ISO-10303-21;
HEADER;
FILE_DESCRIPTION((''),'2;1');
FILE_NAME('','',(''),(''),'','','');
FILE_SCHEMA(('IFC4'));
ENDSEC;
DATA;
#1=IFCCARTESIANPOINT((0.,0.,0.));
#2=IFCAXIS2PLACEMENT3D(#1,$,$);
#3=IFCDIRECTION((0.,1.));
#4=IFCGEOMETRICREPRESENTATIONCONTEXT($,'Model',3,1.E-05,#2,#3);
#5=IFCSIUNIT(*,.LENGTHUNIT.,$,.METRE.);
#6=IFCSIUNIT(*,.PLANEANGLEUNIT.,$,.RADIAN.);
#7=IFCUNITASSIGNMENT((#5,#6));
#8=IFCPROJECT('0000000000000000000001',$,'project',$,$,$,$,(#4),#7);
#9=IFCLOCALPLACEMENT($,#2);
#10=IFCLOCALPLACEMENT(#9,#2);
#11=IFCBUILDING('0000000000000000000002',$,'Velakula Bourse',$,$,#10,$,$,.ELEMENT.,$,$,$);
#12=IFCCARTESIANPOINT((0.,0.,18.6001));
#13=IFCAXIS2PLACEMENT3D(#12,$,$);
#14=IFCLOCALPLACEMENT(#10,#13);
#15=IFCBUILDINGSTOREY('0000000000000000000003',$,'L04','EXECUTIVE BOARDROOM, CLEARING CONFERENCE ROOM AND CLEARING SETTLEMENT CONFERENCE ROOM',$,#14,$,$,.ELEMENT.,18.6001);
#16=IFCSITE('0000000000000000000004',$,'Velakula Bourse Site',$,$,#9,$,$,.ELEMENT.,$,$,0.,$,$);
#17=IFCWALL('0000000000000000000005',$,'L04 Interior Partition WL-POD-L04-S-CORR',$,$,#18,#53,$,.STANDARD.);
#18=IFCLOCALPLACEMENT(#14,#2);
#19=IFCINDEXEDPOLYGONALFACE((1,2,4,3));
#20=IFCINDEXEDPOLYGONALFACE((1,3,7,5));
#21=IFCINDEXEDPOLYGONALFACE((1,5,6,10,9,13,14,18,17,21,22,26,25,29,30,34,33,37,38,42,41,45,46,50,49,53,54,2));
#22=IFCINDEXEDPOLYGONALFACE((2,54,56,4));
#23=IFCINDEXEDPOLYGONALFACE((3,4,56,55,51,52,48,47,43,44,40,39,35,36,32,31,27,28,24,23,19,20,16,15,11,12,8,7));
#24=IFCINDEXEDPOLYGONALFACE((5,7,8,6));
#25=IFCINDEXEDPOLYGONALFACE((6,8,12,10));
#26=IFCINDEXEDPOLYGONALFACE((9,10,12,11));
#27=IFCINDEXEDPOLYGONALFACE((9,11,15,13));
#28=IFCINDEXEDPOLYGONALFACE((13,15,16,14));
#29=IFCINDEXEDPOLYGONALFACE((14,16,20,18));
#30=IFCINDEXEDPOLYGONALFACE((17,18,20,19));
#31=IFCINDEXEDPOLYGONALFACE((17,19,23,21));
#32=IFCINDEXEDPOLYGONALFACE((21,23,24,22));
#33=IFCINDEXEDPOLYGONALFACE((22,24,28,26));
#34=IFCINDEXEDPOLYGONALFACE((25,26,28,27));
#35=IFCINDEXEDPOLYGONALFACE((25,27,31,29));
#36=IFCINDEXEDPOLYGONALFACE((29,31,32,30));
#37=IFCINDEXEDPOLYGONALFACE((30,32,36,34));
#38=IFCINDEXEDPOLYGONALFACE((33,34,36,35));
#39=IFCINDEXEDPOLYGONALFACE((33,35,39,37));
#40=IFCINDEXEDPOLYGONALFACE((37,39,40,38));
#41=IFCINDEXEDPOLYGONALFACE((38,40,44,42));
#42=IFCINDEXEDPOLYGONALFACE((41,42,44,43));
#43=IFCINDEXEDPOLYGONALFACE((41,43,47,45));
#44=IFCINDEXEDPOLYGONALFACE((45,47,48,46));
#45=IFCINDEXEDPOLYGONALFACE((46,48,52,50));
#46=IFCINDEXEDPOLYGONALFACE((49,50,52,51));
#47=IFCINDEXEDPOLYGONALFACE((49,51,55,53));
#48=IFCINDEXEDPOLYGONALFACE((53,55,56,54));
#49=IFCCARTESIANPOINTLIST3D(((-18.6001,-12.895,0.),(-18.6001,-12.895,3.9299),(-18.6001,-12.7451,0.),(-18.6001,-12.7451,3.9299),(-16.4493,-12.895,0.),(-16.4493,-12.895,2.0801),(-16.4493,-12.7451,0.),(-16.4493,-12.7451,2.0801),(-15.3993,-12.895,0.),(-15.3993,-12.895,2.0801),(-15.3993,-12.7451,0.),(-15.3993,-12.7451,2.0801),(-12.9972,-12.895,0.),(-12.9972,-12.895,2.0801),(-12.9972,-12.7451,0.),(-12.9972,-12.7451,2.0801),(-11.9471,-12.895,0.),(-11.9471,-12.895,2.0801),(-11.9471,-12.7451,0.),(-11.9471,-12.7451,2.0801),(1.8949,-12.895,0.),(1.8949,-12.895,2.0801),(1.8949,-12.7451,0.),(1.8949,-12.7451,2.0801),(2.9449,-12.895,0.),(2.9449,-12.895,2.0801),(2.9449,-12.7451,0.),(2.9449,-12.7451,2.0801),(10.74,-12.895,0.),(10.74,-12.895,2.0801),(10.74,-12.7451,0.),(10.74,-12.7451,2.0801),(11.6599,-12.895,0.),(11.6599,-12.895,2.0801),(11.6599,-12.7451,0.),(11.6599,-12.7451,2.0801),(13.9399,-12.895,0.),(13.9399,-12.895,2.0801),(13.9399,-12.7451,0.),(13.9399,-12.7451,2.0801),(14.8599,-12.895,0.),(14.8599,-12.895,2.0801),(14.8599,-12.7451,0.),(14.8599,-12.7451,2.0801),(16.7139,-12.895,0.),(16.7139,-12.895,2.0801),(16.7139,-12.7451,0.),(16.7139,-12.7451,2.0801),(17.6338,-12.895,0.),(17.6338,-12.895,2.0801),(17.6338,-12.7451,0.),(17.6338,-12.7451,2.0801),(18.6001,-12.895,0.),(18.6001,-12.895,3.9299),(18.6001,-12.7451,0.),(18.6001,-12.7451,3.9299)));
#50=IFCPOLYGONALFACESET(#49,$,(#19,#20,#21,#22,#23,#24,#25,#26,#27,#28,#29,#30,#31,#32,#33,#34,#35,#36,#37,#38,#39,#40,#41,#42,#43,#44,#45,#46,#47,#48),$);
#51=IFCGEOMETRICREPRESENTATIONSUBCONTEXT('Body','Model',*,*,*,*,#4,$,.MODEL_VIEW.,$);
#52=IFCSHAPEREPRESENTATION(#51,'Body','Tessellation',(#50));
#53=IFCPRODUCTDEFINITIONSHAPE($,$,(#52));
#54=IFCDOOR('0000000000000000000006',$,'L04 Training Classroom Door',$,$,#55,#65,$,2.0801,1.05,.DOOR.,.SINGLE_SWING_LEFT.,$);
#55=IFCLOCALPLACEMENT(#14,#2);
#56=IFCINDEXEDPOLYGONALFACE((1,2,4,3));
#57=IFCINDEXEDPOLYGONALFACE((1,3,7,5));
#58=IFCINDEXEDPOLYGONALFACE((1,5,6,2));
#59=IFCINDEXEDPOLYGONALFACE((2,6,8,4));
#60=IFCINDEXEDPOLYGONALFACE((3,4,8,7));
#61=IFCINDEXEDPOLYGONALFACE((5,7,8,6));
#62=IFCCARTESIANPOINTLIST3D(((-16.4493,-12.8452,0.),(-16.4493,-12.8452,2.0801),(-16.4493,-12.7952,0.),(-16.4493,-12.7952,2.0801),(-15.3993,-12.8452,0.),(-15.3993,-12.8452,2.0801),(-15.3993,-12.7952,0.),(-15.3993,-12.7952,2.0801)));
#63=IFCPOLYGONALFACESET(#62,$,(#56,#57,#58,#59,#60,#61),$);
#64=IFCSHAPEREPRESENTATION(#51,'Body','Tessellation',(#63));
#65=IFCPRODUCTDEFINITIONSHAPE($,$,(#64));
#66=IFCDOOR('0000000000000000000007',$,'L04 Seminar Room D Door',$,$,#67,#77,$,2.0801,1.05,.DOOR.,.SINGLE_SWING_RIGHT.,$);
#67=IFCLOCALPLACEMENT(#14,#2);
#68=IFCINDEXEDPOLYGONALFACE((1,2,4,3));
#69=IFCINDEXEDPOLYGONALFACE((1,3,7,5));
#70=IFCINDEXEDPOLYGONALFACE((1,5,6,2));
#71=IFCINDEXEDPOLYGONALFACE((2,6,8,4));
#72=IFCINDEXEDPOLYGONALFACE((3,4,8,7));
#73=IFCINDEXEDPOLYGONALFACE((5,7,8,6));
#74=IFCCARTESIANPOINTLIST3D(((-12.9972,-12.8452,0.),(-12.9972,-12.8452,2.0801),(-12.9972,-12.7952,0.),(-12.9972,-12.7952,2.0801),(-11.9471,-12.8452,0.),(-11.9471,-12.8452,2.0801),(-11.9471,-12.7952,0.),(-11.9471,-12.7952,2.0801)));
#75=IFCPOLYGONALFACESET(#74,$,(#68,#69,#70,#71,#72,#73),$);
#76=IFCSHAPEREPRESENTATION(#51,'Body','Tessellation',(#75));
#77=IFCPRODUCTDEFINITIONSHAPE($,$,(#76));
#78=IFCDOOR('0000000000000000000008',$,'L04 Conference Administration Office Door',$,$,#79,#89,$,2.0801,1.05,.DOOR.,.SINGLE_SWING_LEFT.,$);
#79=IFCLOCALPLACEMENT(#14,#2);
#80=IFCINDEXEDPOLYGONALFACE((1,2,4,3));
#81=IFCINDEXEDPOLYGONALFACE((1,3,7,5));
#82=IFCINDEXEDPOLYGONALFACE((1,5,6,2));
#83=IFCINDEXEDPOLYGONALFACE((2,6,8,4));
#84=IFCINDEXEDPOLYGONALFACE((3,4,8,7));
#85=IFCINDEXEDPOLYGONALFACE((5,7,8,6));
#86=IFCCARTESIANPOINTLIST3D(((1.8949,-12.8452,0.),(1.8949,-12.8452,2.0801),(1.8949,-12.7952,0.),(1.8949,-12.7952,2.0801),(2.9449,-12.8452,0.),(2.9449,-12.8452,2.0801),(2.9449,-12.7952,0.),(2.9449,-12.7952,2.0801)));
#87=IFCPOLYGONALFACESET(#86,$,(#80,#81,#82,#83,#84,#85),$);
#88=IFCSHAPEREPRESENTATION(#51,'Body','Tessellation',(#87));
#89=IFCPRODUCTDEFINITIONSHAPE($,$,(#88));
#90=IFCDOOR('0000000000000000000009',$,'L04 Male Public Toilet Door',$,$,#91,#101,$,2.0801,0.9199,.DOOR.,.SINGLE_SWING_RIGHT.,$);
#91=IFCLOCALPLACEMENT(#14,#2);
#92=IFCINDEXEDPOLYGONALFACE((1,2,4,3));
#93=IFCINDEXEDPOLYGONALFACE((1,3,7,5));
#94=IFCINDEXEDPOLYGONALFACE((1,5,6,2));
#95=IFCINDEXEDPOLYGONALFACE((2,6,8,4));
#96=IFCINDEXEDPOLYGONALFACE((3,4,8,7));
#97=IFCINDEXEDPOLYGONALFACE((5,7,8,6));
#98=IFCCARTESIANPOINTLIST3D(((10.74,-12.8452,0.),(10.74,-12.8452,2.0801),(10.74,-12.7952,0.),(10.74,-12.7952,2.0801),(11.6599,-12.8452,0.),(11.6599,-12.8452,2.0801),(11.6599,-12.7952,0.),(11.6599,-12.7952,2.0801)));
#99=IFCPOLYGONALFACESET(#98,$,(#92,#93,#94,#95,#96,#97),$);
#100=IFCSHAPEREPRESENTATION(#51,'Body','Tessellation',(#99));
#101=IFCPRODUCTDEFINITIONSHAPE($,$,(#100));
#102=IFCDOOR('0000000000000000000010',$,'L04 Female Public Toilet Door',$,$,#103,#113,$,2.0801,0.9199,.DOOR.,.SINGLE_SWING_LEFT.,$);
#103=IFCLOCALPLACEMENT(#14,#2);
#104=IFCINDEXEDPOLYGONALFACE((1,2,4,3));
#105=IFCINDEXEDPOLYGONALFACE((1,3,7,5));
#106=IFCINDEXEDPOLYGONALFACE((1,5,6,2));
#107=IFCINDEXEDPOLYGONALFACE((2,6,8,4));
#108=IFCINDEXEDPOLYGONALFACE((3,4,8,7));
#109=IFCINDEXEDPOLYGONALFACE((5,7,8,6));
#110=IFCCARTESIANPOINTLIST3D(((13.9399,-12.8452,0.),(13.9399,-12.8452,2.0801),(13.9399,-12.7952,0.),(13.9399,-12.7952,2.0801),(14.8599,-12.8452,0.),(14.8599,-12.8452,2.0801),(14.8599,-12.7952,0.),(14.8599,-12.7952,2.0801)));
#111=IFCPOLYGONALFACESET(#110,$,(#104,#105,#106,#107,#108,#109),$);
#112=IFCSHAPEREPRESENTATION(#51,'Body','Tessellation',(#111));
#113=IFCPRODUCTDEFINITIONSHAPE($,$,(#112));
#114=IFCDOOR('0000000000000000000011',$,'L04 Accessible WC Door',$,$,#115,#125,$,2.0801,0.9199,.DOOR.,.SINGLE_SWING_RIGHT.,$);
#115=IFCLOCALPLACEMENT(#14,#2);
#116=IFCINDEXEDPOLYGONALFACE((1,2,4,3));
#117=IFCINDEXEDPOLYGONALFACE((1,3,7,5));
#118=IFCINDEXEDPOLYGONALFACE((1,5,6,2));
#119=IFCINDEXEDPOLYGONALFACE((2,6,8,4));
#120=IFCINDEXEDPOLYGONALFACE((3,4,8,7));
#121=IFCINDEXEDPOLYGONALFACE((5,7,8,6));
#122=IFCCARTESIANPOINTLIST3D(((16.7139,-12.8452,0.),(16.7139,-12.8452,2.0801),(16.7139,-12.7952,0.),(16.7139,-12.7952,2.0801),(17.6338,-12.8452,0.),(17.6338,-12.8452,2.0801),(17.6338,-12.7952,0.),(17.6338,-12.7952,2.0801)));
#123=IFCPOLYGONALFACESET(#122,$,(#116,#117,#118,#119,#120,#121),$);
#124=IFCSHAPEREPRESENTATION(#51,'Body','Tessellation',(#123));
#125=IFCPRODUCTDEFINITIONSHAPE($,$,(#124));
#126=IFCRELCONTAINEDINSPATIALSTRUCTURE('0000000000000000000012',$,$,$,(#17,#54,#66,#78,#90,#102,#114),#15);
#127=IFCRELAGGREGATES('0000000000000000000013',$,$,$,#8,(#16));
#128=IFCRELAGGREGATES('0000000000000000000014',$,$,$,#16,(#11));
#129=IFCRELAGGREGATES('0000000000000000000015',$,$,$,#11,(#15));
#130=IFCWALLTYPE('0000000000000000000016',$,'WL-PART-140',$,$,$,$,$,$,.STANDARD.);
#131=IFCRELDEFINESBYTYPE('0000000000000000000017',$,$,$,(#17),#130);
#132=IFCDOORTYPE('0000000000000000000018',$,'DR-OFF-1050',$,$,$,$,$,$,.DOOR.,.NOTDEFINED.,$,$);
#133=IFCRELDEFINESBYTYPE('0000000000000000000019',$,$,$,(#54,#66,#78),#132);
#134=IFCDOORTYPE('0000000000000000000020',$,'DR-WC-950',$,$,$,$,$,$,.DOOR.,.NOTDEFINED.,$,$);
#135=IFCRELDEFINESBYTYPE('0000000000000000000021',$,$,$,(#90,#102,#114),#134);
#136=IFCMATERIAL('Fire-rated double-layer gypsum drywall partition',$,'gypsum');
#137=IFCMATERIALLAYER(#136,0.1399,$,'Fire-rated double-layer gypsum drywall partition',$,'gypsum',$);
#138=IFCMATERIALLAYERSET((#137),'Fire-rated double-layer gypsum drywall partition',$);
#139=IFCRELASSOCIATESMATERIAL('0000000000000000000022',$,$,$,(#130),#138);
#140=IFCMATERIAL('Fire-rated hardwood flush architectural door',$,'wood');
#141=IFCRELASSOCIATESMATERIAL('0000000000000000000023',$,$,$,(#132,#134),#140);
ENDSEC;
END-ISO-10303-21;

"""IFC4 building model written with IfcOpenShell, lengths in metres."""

from ifc_helpers import new_model, si_unit, direction, frame, frame_2d, origin, place, context, subcontext, project, spatial, rectangle, extrude, material, layer, layer_set, type_object, element, fill, save


model = new_model("IFC4")

# Units and contexts
model_context = context("Model", 3, precision=1e-05, world=origin(), true_north=direction((0.0, 1.0)))
body_context = subcontext(model_context, "Body", "Model", "MODEL_VIEW")
ifc_project = project(units=[si_unit("LENGTHUNIT", "METRE"), si_unit("PLANEANGLEUNIT", "RADIAN")], contexts=[model_context])

# Site, building, storey
site_placement = place(None, origin())
site = spatial("IfcSite", under=ifc_project, at=site_placement, Name="Velakula Bourse Site", CompositionType="ELEMENT", RefElevation=0.0)
building_placement = place(site_placement, origin())
building = spatial("IfcBuilding", under=site, at=building_placement, Name="Velakula Bourse", CompositionType="ELEMENT")
storey_placement = place(building_placement, frame((0.0, 0.0, 18.6001)))
storey = spatial("IfcBuildingStorey", under=building, at=storey_placement, Name="L04", Description="EXECUTIVE BOARDROOM, CLEARING CONFERENCE ROOM AND CLEARING SETTLEMENT CONFERENCE ROOM", CompositionType="ELEMENT", Elevation=18.6001)

# Wall, openings, doors
ifc_material_1 = material(Name="Fire-rated double-layer gypsum drywall partition", Category="gypsum")
ifc_layer_1 = layer(ifc_material_1, 0.1399, Name="Fire-rated double-layer gypsum drywall partition", Category="gypsum")
ifc_layer_set_1 = layer_set([ifc_layer_1], Name="Fire-rated double-layer gypsum drywall partition")
wall_type_1 = type_object("IfcWallType", Name="WL-PART-140", PredefinedType="STANDARD", material=ifc_layer_set_1)
wall_1_placement = place(storey_placement, frame((-18.6001, -12.8201, 0.0), z_axis=(0.0, 0.0, 1.0), x_axis=(1.0, 0.0, 0.0)))
wall_1 = element("IfcWall", 1, at=wall_1_placement, inside=storey, type_object=wall_type_1, Name="L04 Interior Partition WL-POD-L04-S-CORR", PredefinedType="STANDARD", context=body_context, shape_type="SweptSolid", body=[
    extrude(rectangle(XDim=37.2002, YDim=0.1499, at=frame_2d((18.6001, 0.0))), origin(), (0.0, 0.0, 1.0), 3.9299),
])
opening_1_placement = place(wall_1_placement, frame((29.3401, 0.0, 0.0)))
opening_1 = element("IfcOpeningElement", 2, at=opening_1_placement, cuts=wall_1, PredefinedType="OPENING", context=body_context, shape_type="SweptSolid", body=[
    extrude(rectangle(XDim=0.9199, YDim=2.0801, at=frame_2d((0.46, 1.04))), frame((0.0, 0.085, 0.0), z_axis=(0.0, -1.0, 0.0), x_axis=(1.0, 0.0, 0.0)), (0.0, 0.0, 1.0), 0.1699),
])
opening_2_placement = place(wall_1_placement, frame((32.54, 0.0, 0.0)))
opening_2 = element("IfcOpeningElement", 3, at=opening_2_placement, cuts=wall_1, PredefinedType="OPENING", context=body_context, shape_type="SweptSolid", body=[
    extrude(rectangle(XDim=0.9199, YDim=2.0801, at=frame_2d((0.46, 1.04))), frame((0.0, 0.085, 0.0), z_axis=(0.0, -1.0, 0.0), x_axis=(1.0, 0.0, 0.0)), (0.0, 0.0, 1.0), 0.1699),
])
opening_3_placement = place(wall_1_placement, frame((35.314, 0.0, 0.0)))
opening_3 = element("IfcOpeningElement", 4, at=opening_3_placement, cuts=wall_1, PredefinedType="OPENING", context=body_context, shape_type="SweptSolid", body=[
    extrude(rectangle(XDim=0.9199, YDim=2.0801, at=frame_2d((0.46, 1.04))), frame((0.0, 0.085, 0.0), z_axis=(0.0, -1.0, 0.0), x_axis=(1.0, 0.0, 0.0)), (0.0, 0.0, 1.0), 0.1699),
])
opening_4_placement = place(wall_1_placement, frame((2.1509, 0.0, 0.0)))
opening_4 = element("IfcOpeningElement", 5, at=opening_4_placement, cuts=wall_1, PredefinedType="OPENING", context=body_context, shape_type="SweptSolid", body=[
    extrude(rectangle(XDim=1.05, YDim=2.0801, at=frame_2d((0.5249, 1.04))), frame((0.0, 0.085, 0.0), z_axis=(0.0, -1.0, 0.0), x_axis=(1.0, 0.0, 0.0)), (0.0, 0.0, 1.0), 0.1699),
])
opening_5_placement = place(wall_1_placement, frame((5.603, 0.0, 0.0)))
opening_5 = element("IfcOpeningElement", 6, at=opening_5_placement, cuts=wall_1, PredefinedType="OPENING", context=body_context, shape_type="SweptSolid", body=[
    extrude(rectangle(XDim=1.05, YDim=2.0801, at=frame_2d((0.5249, 1.04))), frame((0.0, 0.085, 0.0), z_axis=(0.0, -1.0, 0.0), x_axis=(1.0, 0.0, 0.0)), (0.0, 0.0, 1.0), 0.1699),
])
opening_6_placement = place(wall_1_placement, frame((20.4951, 0.0, 0.0)))
opening_6 = element("IfcOpeningElement", 7, at=opening_6_placement, cuts=wall_1, PredefinedType="OPENING", context=body_context, shape_type="SweptSolid", body=[
    extrude(rectangle(XDim=1.05, YDim=2.0801, at=frame_2d((0.5249, 1.04))), frame((0.0, 0.085, 0.0), z_axis=(0.0, -1.0, 0.0), x_axis=(1.0, 0.0, 0.0)), (0.0, 0.0, 1.0), 0.1699),
])
ifc_material_2 = material(Name="Fire-rated hardwood flush architectural door", Category="wood")
door_type_1 = type_object("IfcDoorType", Name="DR-OFF-1050", OperationType="NOTDEFINED", PredefinedType="DOOR", material=ifc_material_2)
door_1_placement = place(opening_4_placement, origin())
door_1 = element("IfcDoor", 8, at=door_1_placement, inside=storey, type_object=door_type_1, Name="L04 Training Classroom Door", OperationType="SINGLE_SWING_LEFT", OverallHeight=2.0801, OverallWidth=1.05, PredefinedType="DOOR", context=body_context, shape_type="SweptSolid", body=[
    extrude(rectangle(XDim=1.05, YDim=2.0801, at=frame_2d((0.5249, 1.04))), frame((0.0, 0.0249, 0.0), z_axis=(0.0, -1.0, 0.0), x_axis=(1.0, 0.0, 0.0)), (0.0, 0.0, 1.0), 0.05),
])
fill(opening_4, door_1)
door_2_placement = place(opening_5_placement, origin())
door_2 = element("IfcDoor", 9, at=door_2_placement, inside=storey, type_object=door_type_1, Name="L04 Seminar Room D Door", OperationType="SINGLE_SWING_RIGHT", OverallHeight=2.0801, OverallWidth=1.05, PredefinedType="DOOR", context=body_context, shape_type="SweptSolid", body=[
    extrude(rectangle(XDim=1.05, YDim=2.0801, at=frame_2d((0.5249, 1.04))), frame((0.0, 0.0249, 0.0), z_axis=(0.0, -1.0, 0.0), x_axis=(1.0, 0.0, 0.0)), (0.0, 0.0, 1.0), 0.05),
])
fill(opening_5, door_2)
door_3_placement = place(opening_6_placement, origin())
door_3 = element("IfcDoor", 10, at=door_3_placement, inside=storey, type_object=door_type_1, Name="L04 Conference Administration Office Door", OperationType="SINGLE_SWING_LEFT", OverallHeight=2.0801, OverallWidth=1.05, PredefinedType="DOOR", context=body_context, shape_type="SweptSolid", body=[
    extrude(rectangle(XDim=1.05, YDim=2.0801, at=frame_2d((0.5249, 1.04))), frame((0.0, 0.0249, 0.0), z_axis=(0.0, -1.0, 0.0), x_axis=(1.0, 0.0, 0.0)), (0.0, 0.0, 1.0), 0.05),
])
fill(opening_6, door_3)
door_type_2 = type_object("IfcDoorType", Name="DR-WC-950", OperationType="NOTDEFINED", PredefinedType="DOOR", material=ifc_material_2)
door_4_placement = place(opening_1_placement, origin())
door_4 = element("IfcDoor", 11, at=door_4_placement, inside=storey, type_object=door_type_2, Name="L04 Male Public Toilet Door", OperationType="SINGLE_SWING_RIGHT", OverallHeight=2.0801, OverallWidth=0.9199, PredefinedType="DOOR", context=body_context, shape_type="SweptSolid", body=[
    extrude(rectangle(XDim=0.9199, YDim=2.0801, at=frame_2d((0.46, 1.04))), frame((0.0, 0.0249, 0.0), z_axis=(0.0, -1.0, 0.0), x_axis=(1.0, 0.0, 0.0)), (0.0, 0.0, 1.0), 0.05),
])
fill(opening_1, door_4)
door_5_placement = place(opening_2_placement, origin())
door_5 = element("IfcDoor", 12, at=door_5_placement, inside=storey, type_object=door_type_2, Name="L04 Female Public Toilet Door", OperationType="SINGLE_SWING_LEFT", OverallHeight=2.0801, OverallWidth=0.9199, PredefinedType="DOOR", context=body_context, shape_type="SweptSolid", body=[
    extrude(rectangle(XDim=0.9199, YDim=2.0801, at=frame_2d((0.46, 1.04))), frame((0.0, 0.0249, 0.0), z_axis=(0.0, -1.0, 0.0), x_axis=(1.0, 0.0, 0.0)), (0.0, 0.0, 1.0), 0.05),
])
fill(opening_2, door_5)
door_6_placement = place(opening_3_placement, origin())
door_6 = element("IfcDoor", 13, at=door_6_placement, inside=storey, type_object=door_type_2, Name="L04 Accessible WC Door", OperationType="SINGLE_SWING_RIGHT", OverallHeight=2.0801, OverallWidth=0.9199, PredefinedType="DOOR", context=body_context, shape_type="SweptSolid", body=[
    extrude(rectangle(XDim=0.9199, YDim=2.0801, at=frame_2d((0.46, 1.04))), frame((0.0, 0.0249, 0.0), z_axis=(0.0, -1.0, 0.0), x_axis=(1.0, 0.0, 0.0)), (0.0, 0.0, 1.0), 0.05),
])
fill(opening_3, door_6)

save(model, "model.ifc")
